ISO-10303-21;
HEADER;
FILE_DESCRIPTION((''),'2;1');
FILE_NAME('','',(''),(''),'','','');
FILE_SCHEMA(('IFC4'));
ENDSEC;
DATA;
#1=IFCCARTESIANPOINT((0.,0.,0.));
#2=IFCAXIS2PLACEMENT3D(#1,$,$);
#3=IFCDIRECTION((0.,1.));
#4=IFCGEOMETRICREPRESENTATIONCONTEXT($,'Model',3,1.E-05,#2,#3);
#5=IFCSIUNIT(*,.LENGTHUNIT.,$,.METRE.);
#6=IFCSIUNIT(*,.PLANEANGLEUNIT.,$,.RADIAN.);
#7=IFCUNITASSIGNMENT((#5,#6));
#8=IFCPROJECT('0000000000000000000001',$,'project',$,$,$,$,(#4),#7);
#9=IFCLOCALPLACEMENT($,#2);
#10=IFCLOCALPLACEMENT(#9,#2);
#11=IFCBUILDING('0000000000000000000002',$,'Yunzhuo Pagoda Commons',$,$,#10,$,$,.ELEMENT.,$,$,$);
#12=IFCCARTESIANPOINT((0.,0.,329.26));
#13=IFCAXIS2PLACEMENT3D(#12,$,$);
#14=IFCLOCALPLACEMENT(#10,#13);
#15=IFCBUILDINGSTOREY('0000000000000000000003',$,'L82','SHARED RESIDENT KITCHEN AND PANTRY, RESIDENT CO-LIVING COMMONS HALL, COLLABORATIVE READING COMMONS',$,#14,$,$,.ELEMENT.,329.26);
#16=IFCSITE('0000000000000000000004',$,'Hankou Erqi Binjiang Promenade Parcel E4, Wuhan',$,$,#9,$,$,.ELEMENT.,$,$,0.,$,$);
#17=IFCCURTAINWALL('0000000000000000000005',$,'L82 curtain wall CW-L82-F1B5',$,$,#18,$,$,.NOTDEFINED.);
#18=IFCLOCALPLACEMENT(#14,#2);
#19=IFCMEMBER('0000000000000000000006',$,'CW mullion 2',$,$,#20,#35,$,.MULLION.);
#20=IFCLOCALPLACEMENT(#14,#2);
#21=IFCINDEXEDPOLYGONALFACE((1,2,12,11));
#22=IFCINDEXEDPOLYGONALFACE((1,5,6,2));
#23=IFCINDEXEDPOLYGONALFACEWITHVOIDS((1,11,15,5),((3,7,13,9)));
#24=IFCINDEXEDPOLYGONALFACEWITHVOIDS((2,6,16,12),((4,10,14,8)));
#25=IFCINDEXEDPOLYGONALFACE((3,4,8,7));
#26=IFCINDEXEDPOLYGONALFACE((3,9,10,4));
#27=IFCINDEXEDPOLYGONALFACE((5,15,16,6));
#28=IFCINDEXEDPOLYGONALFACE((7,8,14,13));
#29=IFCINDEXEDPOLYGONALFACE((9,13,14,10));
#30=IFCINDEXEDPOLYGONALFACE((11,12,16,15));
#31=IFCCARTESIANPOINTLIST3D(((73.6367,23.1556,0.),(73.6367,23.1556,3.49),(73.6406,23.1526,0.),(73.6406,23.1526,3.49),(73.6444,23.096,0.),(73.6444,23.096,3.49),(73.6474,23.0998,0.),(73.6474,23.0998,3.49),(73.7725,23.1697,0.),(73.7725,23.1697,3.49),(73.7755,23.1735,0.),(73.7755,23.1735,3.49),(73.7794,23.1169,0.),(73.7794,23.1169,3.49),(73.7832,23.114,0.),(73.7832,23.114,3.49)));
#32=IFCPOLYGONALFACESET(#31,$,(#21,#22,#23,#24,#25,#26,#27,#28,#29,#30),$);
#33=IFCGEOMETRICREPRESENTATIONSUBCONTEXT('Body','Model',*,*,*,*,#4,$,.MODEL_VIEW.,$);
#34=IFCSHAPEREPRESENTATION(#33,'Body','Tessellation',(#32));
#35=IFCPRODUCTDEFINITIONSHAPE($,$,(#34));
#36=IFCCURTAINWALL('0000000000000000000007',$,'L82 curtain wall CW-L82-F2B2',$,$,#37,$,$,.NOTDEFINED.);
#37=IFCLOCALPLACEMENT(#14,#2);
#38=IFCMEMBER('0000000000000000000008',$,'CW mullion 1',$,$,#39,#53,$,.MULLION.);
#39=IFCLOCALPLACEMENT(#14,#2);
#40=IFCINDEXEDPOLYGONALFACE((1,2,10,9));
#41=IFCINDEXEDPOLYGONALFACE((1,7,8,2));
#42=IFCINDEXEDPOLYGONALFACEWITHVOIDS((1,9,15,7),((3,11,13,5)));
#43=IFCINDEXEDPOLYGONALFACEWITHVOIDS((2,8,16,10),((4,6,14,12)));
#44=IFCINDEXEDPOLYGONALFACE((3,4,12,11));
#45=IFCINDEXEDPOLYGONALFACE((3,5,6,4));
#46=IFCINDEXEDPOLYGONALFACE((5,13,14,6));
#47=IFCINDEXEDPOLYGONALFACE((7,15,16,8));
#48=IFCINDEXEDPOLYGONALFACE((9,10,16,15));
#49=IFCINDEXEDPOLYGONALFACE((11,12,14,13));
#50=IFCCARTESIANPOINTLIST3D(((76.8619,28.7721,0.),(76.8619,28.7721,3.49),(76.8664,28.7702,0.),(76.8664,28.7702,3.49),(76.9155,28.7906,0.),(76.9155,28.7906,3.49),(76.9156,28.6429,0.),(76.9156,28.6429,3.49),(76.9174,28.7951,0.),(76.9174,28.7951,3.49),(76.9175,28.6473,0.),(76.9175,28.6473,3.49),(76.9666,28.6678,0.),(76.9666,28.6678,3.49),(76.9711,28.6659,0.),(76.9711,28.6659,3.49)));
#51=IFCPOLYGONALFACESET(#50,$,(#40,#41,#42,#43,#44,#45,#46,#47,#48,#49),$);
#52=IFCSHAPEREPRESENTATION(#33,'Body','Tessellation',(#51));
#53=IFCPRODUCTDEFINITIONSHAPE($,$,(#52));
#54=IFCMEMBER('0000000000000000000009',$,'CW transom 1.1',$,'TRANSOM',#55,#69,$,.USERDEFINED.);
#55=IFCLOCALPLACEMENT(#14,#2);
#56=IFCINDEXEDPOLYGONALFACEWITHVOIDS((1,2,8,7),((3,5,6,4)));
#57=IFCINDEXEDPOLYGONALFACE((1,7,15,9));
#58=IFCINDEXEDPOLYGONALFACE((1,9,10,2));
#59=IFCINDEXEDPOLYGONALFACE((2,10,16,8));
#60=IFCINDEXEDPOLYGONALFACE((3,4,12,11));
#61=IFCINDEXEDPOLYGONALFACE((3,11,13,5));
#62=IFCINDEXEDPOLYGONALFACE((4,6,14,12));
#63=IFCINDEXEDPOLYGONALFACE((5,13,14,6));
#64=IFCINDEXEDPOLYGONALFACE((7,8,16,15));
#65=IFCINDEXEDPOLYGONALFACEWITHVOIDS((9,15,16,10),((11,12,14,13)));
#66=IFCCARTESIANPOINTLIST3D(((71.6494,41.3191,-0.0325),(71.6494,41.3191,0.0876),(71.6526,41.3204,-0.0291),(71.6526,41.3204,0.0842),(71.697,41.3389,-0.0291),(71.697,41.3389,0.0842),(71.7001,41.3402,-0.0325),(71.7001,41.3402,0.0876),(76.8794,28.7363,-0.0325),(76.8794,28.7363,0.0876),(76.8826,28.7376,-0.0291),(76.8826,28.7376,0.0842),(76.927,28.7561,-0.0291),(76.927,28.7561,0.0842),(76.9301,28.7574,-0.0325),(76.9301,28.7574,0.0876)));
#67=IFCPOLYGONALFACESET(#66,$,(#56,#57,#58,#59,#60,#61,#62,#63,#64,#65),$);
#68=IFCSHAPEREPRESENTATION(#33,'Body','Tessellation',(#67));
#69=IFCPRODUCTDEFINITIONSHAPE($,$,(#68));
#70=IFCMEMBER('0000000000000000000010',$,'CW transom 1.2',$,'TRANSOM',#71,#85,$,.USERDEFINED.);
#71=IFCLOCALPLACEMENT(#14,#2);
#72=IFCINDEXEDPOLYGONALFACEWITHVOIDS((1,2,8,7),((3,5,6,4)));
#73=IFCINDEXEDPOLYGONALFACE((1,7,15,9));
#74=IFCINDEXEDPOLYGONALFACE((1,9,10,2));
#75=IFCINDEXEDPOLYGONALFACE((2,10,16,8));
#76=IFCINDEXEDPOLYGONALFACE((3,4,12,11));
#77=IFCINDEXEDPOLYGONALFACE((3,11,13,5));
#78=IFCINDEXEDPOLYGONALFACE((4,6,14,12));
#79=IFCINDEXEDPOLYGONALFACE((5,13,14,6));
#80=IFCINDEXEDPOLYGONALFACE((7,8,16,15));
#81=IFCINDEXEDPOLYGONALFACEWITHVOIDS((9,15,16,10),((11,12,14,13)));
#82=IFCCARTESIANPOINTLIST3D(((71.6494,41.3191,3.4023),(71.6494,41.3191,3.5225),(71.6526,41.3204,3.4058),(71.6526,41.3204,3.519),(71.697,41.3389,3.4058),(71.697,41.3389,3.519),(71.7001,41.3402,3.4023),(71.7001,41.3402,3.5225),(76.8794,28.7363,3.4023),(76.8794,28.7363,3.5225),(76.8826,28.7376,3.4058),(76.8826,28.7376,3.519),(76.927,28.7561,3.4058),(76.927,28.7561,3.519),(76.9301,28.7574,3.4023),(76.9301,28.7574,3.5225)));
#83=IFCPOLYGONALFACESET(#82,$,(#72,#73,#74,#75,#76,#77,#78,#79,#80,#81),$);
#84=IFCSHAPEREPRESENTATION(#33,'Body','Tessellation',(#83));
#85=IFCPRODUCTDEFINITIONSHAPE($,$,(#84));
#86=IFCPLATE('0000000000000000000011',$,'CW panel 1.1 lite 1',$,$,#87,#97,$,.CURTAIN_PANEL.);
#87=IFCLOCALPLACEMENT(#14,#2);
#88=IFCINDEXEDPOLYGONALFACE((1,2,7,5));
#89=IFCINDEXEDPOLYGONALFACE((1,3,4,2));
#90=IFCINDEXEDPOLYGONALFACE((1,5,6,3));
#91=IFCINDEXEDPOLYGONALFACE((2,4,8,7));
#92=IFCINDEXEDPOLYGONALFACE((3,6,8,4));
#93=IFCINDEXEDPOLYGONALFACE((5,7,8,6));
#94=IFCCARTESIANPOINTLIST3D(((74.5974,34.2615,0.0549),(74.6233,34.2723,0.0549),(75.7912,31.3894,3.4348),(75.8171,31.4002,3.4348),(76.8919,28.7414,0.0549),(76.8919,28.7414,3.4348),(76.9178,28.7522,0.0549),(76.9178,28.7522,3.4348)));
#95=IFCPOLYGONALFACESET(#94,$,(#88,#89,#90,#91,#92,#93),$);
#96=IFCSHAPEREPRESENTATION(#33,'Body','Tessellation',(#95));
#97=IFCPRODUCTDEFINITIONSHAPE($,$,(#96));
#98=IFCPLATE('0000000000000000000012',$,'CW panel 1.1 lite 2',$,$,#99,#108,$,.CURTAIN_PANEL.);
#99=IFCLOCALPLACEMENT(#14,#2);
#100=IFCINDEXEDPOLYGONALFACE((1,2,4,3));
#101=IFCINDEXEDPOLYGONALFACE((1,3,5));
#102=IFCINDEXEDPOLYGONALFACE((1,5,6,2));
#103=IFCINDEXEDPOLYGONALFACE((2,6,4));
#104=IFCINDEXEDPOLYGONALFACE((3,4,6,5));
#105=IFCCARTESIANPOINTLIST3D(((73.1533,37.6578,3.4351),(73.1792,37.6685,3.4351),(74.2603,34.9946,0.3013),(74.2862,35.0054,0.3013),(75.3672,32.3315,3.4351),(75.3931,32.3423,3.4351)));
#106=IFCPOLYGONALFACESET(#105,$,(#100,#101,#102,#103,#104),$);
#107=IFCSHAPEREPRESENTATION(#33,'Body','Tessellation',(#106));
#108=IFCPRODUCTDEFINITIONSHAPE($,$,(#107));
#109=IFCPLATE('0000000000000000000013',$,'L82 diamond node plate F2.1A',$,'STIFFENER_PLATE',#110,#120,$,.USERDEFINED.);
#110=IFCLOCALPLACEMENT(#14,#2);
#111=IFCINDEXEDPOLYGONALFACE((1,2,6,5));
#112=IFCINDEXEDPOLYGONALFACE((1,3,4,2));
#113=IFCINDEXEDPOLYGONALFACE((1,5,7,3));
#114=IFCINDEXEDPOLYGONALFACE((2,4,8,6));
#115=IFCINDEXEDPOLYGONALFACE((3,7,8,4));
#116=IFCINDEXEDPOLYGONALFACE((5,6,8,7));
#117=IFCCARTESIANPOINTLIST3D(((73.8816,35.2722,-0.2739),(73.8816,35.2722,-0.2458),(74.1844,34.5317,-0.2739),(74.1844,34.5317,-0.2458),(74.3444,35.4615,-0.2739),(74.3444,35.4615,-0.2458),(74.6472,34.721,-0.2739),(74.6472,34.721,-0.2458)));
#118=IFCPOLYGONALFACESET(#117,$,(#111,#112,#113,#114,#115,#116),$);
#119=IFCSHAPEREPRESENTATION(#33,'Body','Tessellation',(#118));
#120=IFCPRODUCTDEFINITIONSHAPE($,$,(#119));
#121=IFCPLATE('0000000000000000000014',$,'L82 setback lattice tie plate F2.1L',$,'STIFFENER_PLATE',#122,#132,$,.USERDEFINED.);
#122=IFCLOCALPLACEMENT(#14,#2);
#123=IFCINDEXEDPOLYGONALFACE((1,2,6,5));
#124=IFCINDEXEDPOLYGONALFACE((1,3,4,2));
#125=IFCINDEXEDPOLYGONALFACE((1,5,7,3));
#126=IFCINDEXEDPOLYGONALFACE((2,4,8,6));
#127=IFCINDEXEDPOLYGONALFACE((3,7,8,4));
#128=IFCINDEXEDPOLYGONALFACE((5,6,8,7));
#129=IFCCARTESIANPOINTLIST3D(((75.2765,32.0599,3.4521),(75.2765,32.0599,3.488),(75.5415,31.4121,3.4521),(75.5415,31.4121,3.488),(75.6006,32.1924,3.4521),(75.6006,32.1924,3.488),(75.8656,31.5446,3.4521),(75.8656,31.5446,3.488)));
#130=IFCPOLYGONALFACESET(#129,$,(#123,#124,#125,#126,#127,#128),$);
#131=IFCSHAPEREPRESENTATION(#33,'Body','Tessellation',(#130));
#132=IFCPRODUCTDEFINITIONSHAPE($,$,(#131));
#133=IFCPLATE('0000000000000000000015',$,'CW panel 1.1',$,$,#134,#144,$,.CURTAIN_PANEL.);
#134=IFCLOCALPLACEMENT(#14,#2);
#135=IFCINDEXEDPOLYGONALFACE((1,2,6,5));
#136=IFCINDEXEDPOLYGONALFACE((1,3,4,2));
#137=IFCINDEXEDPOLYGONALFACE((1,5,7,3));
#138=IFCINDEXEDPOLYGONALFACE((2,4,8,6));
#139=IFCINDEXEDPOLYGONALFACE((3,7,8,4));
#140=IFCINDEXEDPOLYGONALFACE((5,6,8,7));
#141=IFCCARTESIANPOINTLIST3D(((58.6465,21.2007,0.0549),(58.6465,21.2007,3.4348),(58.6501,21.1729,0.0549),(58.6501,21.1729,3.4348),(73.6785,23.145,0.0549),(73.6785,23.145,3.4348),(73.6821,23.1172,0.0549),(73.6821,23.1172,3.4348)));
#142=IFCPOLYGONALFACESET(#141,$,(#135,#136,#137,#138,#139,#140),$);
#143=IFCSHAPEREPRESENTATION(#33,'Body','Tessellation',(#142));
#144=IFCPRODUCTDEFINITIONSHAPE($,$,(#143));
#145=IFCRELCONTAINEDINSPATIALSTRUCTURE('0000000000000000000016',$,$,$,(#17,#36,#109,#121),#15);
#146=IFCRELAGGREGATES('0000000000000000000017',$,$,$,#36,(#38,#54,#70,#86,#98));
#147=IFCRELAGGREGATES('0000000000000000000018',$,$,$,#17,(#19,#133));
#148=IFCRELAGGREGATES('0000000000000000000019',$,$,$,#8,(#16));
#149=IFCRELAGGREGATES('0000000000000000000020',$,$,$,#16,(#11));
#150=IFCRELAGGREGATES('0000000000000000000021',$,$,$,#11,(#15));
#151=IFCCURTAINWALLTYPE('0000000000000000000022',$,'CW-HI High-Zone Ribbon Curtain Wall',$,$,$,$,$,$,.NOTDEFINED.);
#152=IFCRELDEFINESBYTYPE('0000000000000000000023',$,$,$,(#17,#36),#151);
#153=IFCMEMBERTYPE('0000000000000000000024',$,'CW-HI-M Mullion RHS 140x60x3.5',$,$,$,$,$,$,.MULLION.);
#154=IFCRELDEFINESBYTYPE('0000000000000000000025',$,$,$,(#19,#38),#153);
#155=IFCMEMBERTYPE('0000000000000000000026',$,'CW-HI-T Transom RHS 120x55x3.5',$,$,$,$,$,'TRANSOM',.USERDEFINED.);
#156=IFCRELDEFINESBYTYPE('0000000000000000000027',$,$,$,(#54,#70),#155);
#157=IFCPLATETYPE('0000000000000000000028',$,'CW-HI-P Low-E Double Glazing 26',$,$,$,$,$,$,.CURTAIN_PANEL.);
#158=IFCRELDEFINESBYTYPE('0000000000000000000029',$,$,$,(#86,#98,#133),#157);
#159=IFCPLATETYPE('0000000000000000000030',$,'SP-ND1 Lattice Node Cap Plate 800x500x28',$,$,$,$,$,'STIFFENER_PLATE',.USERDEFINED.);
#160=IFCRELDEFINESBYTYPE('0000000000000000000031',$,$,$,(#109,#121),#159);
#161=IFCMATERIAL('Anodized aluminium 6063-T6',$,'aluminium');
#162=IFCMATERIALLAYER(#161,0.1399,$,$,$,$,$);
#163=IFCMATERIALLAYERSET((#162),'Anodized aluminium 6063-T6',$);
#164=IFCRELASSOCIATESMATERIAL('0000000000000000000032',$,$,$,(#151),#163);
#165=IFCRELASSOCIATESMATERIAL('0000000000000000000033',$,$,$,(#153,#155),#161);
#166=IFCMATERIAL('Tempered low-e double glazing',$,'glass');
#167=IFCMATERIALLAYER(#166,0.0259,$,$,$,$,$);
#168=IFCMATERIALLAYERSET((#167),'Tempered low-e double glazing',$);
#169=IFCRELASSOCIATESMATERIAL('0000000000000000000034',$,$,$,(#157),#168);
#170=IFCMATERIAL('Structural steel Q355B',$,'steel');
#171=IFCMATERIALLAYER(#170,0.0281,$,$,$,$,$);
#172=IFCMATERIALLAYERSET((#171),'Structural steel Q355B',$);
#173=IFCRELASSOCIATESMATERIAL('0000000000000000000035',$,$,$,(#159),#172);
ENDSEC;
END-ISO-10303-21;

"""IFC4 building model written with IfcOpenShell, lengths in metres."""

from ifc_helpers import new_model, si_unit, direction, frame, origin, origin_2d, place, context, subcontext, project, spatial, polyline, rectangle, hollow_rectangle, outline, extrude, source, transform, mapped, material, layer, layer_set, material_profile, profile_set, type_object, element, aggregate, save


model = new_model("IFC4")

# Units and contexts
model_context = context("Model", 3, precision=1e-05, world=origin(), true_north=direction((0.0, 1.0)))
body_context = subcontext(model_context, "Body", "Model", "MODEL_VIEW")
ifc_project = project(units=[si_unit("LENGTHUNIT", "METRE"), si_unit("PLANEANGLEUNIT", "RADIAN")], contexts=[model_context])

# Site, building, storey
site_placement = place(None, origin())
site = spatial("IfcSite", under=ifc_project, at=site_placement, Name="Hankou Erqi Binjiang Promenade Parcel E4, Wuhan", CompositionType="ELEMENT", RefElevation=0.0)
building_placement = place(site_placement, origin())
building = spatial("IfcBuilding", under=site, at=building_placement, Name="Yunzhuo Pagoda Commons", CompositionType="ELEMENT")
storey_placement = place(building_placement, frame((0.0, 0.0, 329.26)))
storey = spatial("IfcBuildingStorey", under=building, at=storey_placement, Name="L82", Description="SHARED RESIDENT KITCHEN AND PANTRY, RESIDENT CO-LIVING COMMONS HALL, COLLABORATIVE READING COMMONS", CompositionType="ELEMENT", Elevation=329.26)

# Shared definitions
ifc_material_1 = material(Name="Structural steel Q355B", Category="steel")

# Curtain wall, member
ifc_material_2 = material(Name="Anodized aluminium 6063-T6", Category="aluminium")
ifc_layer_1 = layer(ifc_material_2, 0.1399)
ifc_layer_set_1 = layer_set([ifc_layer_1], Name="Anodized aluminium 6063-T6")
curtain_wall_type = type_object("IfcCurtainWallType", Name="CW-HI High-Zone Ribbon Curtain Wall", PredefinedType="NOTDEFINED", material=ifc_layer_set_1)
curtain_wall_1_placement = place(storey_placement, origin())
curtain_wall_1 = element("IfcCurtainWall", 1, at=curtain_wall_1_placement, inside=storey, type_object=curtain_wall_type, Name="L82 curtain wall CW-L82-F1B5", PredefinedType="NOTDEFINED")
ifc_material_profile_1 = material_profile(ifc_material_2, hollow_rectangle(XDim=0.0601, YDim=0.1399, WallThickness=0.0034, at=origin_2d()), Name="Anodized aluminium 6063-T6")
ifc_profile_set_1 = profile_set([ifc_material_profile_1], Name="Anodized aluminium 6063-T6")
member_type_1 = type_object("IfcMemberType", Name="CW-HI-M Mullion RHS 140x60x3.5", PredefinedType="MULLION", material=ifc_profile_set_1)
shared_shape_1 = source(origin(), body_context, "Body", "SweptSolid", [
    extrude(hollow_rectangle(XDim=0.0601, YDim=0.1399, WallThickness=0.0034, at=origin_2d()), origin(), (0.0, 0.0, 1.0), 3.49),
])
member_1_placement = place(storey_placement, frame((73.71, 23.1348, 0.0), z_axis=(0.0, 0.0, 1.0), x_axis=(-0.128276, 0.991739, 0.0)))
member_1 = element("IfcMember", 2, at=member_1_placement, type_object=member_type_1, Name="CW mullion 2", PredefinedType="MULLION", context=body_context, shape_type="MappedRepresentation", body=[
    mapped(shared_shape_1, transform((0.0, 0.0, 0.0), scale=1.0)),
])

# Curtain wall, members, plates
curtain_wall_2_placement = place(storey_placement, origin())
curtain_wall_2 = element("IfcCurtainWall", 3, at=curtain_wall_2_placement, inside=storey, type_object=curtain_wall_type, Name="L82 curtain wall CW-L82-F2B2", PredefinedType="NOTDEFINED")
member_2_placement = place(storey_placement, frame((76.9165, 28.719, 0.0), z_axis=(0.0, 0.0, 1.0), x_axis=(-0.923407, -0.383822, 0.0)))
member_2 = element("IfcMember", 4, at=member_2_placement, type_object=member_type_1, Name="CW mullion 1", PredefinedType="MULLION", context=body_context, shape_type="MappedRepresentation", body=[
    mapped(shared_shape_1, transform((0.0, 0.0, 0.0), scale=1.0)),
])
ifc_material_profile_2 = material_profile(ifc_material_2, hollow_rectangle(XDim=0.0549, YDim=0.1201, WallThickness=0.0034, at=origin_2d()), Name="Anodized aluminium 6063-T6")
ifc_profile_set_2 = profile_set([ifc_material_profile_2], Name="Anodized aluminium 6063-T6")
member_type_2 = type_object("IfcMemberType", Name="CW-HI-T Transom RHS 120x55x3.5", ElementType="TRANSOM", PredefinedType="USERDEFINED", material=ifc_profile_set_2)
shared_shape_2 = source(origin(), body_context, "Body", "SweptSolid", [
    extrude(hollow_rectangle(XDim=0.0549, YDim=0.1201, WallThickness=0.0034, at=origin_2d()), origin(), (0.0, 0.0, 1.0), 13.6265),
])
member_3_placement = place(storey_placement, frame((76.9048, 28.7468, 0.0276), z_axis=(-0.383812, 0.923411, 0.0), x_axis=(-0.923411, -0.383812, 0.0)))
member_3 = element("IfcMember", 5, at=member_3_placement, type_object=member_type_2, Name="CW transom 1.1", ObjectType="TRANSOM", PredefinedType="USERDEFINED", context=body_context, shape_type="MappedRepresentation", body=[
    mapped(shared_shape_2, transform((0.0, 0.0, 0.0), scale=1.0)),
])
member_4_placement = place(storey_placement, frame((76.9048, 28.7468, 3.4624), z_axis=(-0.383812, 0.923411, 0.0), x_axis=(-0.923411, -0.383812, 0.0)))
member_4 = element("IfcMember", 6, at=member_4_placement, type_object=member_type_2, Name="CW transom 1.2", ObjectType="TRANSOM", PredefinedType="USERDEFINED", context=body_context, shape_type="MappedRepresentation", body=[
    mapped(shared_shape_2, transform((0.0, 0.0, 0.0), scale=1.0)),
])
ifc_material_3 = material(Name="Tempered low-e double glazing", Category="glass")
ifc_layer_2 = layer(ifc_material_3, 0.0259)
ifc_layer_set_2 = layer_set([ifc_layer_2], Name="Tempered low-e double glazing")
plate_type_1 = type_object("IfcPlateType", Name="CW-HI-P Low-E Double Glazing 26", PredefinedType="CURTAIN_PANEL", material=ifc_layer_set_2)
plate_1_placement = place(storey_placement, frame((75.7446, 31.5015, 1.7449), z_axis=(0.923407, 0.383822, 0.0), x_axis=(-0.383822, 0.923407, 0.0)))
plate_1 = element("IfcPlate", 7, at=plate_1_placement, type_object=plate_type_1, Name="CW panel 1.1 lite 1", PredefinedType="CURTAIN_PANEL", context=body_context, shape_type="SweptSolid", body=[
    extrude(outline(polyline([(-2.989, -1.6899), (2.989, -1.6899), (-0.1213, 1.6899), (-2.989, 1.6899), (-2.989, -1.6899)])), origin(), (0.0, 0.0, 1.0), 0.0281),
])
plate_2_placement = place(storey_placement, frame((74.2603, 34.9946, 1.8682), z_axis=(0.923407, 0.383822, 0.0), x_axis=(-0.383822, 0.923407, 0.0)))
plate_2 = element("IfcPlate", 8, at=plate_2_placement, type_object=plate_type_1, Name="CW panel 1.1 lite 2", PredefinedType="CURTAIN_PANEL", context=body_context, shape_type="SweptSolid", body=[
    extrude(outline(polyline([(-2.884, 1.5669), (0.0, -1.5669), (2.884, 1.5669), (-2.884, 1.5669)])), origin(), (0.0, 0.0, 1.0), 0.0281),
])
aggregate(curtain_wall_2, [member_2, member_3, member_4, plate_1, plate_2])

# Plates
ifc_layer_3 = layer(ifc_material_1, 0.0281)
ifc_layer_set_3 = layer_set([ifc_layer_3], Name="Structural steel Q355B")
plate_type_2 = type_object("IfcPlateType", Name="SP-ND1 Lattice Node Cap Plate 800x500x28", ElementType="STIFFENER_PLATE", PredefinedType="USERDEFINED", material=ifc_layer_set_3)
shared_shape_3 = source(origin(), body_context, "Body", "SweptSolid", [
    extrude(rectangle(XDim=0.8, YDim=0.5, at=origin_2d()), origin(), (0.0, 0.0, 1.0), 0.0281),
])
plate_3_placement = place(storey_placement, frame((74.2644, 34.9966, -0.2739), z_axis=(0.0, 0.0, 1.0), x_axis=(-0.378568, 0.925574, 0.0)))
element("IfcPlate", 9, at=plate_3_placement, inside=storey, type_object=plate_type_2, Name="L82 diamond node plate F2.1A", ObjectType="STIFFENER_PLATE", PredefinedType="USERDEFINED", context=body_context, shape_type="MappedRepresentation", body=[
    mapped(shared_shape_3, transform((0.0, 0.0, 0.0), scale=1.0)),
])
shared_shape_4 = source(origin(), body_context, "Body", "SweptSolid", [
    extrude(rectangle(XDim=0.7, YDim=0.3501, at=origin_2d()), origin(), (0.0, 0.0, 1.0), 0.0359),
])
plate_4_placement = place(storey_placement, frame((75.571, 31.8022, 3.4521), z_axis=(0.0, 0.0, 1.0), x_axis=(-0.378568, 0.925574, 0.0)))
element("IfcPlate", 10, at=plate_4_placement, inside=storey, type_object=plate_type_2, Name="L82 setback lattice tie plate F2.1L", ObjectType="STIFFENER_PLATE", PredefinedType="USERDEFINED", context=body_context, shape_type="MappedRepresentation", body=[
    mapped(shared_shape_4, transform((0.0, 0.0, 0.0), scale=1.0)),
])

# Plate
shared_shape_5 = source(origin(), body_context, "Body", "SweptSolid", [
    extrude(rectangle(XDim=15.1572, YDim=0.0281, at=origin_2d()), origin(), (0.0, 0.0, 1.0), 3.3799),
])
plate_5_placement = place(storey_placement, frame((66.1643, 22.1589, 0.0549), z_axis=(0.0, 0.0, 1.0), x_axis=(0.991739, 0.128276, 0.0)))
plate_5 = element("IfcPlate", 11, at=plate_5_placement, type_object=plate_type_1, Name="CW panel 1.1", PredefinedType="CURTAIN_PANEL", context=body_context, shape_type="MappedRepresentation", body=[
    mapped(shared_shape_5, transform((0.0, 0.0, 0.0), scale=1.0)),
])
aggregate(curtain_wall_1, [member_1, plate_5])

save(model, "model.ifc")
